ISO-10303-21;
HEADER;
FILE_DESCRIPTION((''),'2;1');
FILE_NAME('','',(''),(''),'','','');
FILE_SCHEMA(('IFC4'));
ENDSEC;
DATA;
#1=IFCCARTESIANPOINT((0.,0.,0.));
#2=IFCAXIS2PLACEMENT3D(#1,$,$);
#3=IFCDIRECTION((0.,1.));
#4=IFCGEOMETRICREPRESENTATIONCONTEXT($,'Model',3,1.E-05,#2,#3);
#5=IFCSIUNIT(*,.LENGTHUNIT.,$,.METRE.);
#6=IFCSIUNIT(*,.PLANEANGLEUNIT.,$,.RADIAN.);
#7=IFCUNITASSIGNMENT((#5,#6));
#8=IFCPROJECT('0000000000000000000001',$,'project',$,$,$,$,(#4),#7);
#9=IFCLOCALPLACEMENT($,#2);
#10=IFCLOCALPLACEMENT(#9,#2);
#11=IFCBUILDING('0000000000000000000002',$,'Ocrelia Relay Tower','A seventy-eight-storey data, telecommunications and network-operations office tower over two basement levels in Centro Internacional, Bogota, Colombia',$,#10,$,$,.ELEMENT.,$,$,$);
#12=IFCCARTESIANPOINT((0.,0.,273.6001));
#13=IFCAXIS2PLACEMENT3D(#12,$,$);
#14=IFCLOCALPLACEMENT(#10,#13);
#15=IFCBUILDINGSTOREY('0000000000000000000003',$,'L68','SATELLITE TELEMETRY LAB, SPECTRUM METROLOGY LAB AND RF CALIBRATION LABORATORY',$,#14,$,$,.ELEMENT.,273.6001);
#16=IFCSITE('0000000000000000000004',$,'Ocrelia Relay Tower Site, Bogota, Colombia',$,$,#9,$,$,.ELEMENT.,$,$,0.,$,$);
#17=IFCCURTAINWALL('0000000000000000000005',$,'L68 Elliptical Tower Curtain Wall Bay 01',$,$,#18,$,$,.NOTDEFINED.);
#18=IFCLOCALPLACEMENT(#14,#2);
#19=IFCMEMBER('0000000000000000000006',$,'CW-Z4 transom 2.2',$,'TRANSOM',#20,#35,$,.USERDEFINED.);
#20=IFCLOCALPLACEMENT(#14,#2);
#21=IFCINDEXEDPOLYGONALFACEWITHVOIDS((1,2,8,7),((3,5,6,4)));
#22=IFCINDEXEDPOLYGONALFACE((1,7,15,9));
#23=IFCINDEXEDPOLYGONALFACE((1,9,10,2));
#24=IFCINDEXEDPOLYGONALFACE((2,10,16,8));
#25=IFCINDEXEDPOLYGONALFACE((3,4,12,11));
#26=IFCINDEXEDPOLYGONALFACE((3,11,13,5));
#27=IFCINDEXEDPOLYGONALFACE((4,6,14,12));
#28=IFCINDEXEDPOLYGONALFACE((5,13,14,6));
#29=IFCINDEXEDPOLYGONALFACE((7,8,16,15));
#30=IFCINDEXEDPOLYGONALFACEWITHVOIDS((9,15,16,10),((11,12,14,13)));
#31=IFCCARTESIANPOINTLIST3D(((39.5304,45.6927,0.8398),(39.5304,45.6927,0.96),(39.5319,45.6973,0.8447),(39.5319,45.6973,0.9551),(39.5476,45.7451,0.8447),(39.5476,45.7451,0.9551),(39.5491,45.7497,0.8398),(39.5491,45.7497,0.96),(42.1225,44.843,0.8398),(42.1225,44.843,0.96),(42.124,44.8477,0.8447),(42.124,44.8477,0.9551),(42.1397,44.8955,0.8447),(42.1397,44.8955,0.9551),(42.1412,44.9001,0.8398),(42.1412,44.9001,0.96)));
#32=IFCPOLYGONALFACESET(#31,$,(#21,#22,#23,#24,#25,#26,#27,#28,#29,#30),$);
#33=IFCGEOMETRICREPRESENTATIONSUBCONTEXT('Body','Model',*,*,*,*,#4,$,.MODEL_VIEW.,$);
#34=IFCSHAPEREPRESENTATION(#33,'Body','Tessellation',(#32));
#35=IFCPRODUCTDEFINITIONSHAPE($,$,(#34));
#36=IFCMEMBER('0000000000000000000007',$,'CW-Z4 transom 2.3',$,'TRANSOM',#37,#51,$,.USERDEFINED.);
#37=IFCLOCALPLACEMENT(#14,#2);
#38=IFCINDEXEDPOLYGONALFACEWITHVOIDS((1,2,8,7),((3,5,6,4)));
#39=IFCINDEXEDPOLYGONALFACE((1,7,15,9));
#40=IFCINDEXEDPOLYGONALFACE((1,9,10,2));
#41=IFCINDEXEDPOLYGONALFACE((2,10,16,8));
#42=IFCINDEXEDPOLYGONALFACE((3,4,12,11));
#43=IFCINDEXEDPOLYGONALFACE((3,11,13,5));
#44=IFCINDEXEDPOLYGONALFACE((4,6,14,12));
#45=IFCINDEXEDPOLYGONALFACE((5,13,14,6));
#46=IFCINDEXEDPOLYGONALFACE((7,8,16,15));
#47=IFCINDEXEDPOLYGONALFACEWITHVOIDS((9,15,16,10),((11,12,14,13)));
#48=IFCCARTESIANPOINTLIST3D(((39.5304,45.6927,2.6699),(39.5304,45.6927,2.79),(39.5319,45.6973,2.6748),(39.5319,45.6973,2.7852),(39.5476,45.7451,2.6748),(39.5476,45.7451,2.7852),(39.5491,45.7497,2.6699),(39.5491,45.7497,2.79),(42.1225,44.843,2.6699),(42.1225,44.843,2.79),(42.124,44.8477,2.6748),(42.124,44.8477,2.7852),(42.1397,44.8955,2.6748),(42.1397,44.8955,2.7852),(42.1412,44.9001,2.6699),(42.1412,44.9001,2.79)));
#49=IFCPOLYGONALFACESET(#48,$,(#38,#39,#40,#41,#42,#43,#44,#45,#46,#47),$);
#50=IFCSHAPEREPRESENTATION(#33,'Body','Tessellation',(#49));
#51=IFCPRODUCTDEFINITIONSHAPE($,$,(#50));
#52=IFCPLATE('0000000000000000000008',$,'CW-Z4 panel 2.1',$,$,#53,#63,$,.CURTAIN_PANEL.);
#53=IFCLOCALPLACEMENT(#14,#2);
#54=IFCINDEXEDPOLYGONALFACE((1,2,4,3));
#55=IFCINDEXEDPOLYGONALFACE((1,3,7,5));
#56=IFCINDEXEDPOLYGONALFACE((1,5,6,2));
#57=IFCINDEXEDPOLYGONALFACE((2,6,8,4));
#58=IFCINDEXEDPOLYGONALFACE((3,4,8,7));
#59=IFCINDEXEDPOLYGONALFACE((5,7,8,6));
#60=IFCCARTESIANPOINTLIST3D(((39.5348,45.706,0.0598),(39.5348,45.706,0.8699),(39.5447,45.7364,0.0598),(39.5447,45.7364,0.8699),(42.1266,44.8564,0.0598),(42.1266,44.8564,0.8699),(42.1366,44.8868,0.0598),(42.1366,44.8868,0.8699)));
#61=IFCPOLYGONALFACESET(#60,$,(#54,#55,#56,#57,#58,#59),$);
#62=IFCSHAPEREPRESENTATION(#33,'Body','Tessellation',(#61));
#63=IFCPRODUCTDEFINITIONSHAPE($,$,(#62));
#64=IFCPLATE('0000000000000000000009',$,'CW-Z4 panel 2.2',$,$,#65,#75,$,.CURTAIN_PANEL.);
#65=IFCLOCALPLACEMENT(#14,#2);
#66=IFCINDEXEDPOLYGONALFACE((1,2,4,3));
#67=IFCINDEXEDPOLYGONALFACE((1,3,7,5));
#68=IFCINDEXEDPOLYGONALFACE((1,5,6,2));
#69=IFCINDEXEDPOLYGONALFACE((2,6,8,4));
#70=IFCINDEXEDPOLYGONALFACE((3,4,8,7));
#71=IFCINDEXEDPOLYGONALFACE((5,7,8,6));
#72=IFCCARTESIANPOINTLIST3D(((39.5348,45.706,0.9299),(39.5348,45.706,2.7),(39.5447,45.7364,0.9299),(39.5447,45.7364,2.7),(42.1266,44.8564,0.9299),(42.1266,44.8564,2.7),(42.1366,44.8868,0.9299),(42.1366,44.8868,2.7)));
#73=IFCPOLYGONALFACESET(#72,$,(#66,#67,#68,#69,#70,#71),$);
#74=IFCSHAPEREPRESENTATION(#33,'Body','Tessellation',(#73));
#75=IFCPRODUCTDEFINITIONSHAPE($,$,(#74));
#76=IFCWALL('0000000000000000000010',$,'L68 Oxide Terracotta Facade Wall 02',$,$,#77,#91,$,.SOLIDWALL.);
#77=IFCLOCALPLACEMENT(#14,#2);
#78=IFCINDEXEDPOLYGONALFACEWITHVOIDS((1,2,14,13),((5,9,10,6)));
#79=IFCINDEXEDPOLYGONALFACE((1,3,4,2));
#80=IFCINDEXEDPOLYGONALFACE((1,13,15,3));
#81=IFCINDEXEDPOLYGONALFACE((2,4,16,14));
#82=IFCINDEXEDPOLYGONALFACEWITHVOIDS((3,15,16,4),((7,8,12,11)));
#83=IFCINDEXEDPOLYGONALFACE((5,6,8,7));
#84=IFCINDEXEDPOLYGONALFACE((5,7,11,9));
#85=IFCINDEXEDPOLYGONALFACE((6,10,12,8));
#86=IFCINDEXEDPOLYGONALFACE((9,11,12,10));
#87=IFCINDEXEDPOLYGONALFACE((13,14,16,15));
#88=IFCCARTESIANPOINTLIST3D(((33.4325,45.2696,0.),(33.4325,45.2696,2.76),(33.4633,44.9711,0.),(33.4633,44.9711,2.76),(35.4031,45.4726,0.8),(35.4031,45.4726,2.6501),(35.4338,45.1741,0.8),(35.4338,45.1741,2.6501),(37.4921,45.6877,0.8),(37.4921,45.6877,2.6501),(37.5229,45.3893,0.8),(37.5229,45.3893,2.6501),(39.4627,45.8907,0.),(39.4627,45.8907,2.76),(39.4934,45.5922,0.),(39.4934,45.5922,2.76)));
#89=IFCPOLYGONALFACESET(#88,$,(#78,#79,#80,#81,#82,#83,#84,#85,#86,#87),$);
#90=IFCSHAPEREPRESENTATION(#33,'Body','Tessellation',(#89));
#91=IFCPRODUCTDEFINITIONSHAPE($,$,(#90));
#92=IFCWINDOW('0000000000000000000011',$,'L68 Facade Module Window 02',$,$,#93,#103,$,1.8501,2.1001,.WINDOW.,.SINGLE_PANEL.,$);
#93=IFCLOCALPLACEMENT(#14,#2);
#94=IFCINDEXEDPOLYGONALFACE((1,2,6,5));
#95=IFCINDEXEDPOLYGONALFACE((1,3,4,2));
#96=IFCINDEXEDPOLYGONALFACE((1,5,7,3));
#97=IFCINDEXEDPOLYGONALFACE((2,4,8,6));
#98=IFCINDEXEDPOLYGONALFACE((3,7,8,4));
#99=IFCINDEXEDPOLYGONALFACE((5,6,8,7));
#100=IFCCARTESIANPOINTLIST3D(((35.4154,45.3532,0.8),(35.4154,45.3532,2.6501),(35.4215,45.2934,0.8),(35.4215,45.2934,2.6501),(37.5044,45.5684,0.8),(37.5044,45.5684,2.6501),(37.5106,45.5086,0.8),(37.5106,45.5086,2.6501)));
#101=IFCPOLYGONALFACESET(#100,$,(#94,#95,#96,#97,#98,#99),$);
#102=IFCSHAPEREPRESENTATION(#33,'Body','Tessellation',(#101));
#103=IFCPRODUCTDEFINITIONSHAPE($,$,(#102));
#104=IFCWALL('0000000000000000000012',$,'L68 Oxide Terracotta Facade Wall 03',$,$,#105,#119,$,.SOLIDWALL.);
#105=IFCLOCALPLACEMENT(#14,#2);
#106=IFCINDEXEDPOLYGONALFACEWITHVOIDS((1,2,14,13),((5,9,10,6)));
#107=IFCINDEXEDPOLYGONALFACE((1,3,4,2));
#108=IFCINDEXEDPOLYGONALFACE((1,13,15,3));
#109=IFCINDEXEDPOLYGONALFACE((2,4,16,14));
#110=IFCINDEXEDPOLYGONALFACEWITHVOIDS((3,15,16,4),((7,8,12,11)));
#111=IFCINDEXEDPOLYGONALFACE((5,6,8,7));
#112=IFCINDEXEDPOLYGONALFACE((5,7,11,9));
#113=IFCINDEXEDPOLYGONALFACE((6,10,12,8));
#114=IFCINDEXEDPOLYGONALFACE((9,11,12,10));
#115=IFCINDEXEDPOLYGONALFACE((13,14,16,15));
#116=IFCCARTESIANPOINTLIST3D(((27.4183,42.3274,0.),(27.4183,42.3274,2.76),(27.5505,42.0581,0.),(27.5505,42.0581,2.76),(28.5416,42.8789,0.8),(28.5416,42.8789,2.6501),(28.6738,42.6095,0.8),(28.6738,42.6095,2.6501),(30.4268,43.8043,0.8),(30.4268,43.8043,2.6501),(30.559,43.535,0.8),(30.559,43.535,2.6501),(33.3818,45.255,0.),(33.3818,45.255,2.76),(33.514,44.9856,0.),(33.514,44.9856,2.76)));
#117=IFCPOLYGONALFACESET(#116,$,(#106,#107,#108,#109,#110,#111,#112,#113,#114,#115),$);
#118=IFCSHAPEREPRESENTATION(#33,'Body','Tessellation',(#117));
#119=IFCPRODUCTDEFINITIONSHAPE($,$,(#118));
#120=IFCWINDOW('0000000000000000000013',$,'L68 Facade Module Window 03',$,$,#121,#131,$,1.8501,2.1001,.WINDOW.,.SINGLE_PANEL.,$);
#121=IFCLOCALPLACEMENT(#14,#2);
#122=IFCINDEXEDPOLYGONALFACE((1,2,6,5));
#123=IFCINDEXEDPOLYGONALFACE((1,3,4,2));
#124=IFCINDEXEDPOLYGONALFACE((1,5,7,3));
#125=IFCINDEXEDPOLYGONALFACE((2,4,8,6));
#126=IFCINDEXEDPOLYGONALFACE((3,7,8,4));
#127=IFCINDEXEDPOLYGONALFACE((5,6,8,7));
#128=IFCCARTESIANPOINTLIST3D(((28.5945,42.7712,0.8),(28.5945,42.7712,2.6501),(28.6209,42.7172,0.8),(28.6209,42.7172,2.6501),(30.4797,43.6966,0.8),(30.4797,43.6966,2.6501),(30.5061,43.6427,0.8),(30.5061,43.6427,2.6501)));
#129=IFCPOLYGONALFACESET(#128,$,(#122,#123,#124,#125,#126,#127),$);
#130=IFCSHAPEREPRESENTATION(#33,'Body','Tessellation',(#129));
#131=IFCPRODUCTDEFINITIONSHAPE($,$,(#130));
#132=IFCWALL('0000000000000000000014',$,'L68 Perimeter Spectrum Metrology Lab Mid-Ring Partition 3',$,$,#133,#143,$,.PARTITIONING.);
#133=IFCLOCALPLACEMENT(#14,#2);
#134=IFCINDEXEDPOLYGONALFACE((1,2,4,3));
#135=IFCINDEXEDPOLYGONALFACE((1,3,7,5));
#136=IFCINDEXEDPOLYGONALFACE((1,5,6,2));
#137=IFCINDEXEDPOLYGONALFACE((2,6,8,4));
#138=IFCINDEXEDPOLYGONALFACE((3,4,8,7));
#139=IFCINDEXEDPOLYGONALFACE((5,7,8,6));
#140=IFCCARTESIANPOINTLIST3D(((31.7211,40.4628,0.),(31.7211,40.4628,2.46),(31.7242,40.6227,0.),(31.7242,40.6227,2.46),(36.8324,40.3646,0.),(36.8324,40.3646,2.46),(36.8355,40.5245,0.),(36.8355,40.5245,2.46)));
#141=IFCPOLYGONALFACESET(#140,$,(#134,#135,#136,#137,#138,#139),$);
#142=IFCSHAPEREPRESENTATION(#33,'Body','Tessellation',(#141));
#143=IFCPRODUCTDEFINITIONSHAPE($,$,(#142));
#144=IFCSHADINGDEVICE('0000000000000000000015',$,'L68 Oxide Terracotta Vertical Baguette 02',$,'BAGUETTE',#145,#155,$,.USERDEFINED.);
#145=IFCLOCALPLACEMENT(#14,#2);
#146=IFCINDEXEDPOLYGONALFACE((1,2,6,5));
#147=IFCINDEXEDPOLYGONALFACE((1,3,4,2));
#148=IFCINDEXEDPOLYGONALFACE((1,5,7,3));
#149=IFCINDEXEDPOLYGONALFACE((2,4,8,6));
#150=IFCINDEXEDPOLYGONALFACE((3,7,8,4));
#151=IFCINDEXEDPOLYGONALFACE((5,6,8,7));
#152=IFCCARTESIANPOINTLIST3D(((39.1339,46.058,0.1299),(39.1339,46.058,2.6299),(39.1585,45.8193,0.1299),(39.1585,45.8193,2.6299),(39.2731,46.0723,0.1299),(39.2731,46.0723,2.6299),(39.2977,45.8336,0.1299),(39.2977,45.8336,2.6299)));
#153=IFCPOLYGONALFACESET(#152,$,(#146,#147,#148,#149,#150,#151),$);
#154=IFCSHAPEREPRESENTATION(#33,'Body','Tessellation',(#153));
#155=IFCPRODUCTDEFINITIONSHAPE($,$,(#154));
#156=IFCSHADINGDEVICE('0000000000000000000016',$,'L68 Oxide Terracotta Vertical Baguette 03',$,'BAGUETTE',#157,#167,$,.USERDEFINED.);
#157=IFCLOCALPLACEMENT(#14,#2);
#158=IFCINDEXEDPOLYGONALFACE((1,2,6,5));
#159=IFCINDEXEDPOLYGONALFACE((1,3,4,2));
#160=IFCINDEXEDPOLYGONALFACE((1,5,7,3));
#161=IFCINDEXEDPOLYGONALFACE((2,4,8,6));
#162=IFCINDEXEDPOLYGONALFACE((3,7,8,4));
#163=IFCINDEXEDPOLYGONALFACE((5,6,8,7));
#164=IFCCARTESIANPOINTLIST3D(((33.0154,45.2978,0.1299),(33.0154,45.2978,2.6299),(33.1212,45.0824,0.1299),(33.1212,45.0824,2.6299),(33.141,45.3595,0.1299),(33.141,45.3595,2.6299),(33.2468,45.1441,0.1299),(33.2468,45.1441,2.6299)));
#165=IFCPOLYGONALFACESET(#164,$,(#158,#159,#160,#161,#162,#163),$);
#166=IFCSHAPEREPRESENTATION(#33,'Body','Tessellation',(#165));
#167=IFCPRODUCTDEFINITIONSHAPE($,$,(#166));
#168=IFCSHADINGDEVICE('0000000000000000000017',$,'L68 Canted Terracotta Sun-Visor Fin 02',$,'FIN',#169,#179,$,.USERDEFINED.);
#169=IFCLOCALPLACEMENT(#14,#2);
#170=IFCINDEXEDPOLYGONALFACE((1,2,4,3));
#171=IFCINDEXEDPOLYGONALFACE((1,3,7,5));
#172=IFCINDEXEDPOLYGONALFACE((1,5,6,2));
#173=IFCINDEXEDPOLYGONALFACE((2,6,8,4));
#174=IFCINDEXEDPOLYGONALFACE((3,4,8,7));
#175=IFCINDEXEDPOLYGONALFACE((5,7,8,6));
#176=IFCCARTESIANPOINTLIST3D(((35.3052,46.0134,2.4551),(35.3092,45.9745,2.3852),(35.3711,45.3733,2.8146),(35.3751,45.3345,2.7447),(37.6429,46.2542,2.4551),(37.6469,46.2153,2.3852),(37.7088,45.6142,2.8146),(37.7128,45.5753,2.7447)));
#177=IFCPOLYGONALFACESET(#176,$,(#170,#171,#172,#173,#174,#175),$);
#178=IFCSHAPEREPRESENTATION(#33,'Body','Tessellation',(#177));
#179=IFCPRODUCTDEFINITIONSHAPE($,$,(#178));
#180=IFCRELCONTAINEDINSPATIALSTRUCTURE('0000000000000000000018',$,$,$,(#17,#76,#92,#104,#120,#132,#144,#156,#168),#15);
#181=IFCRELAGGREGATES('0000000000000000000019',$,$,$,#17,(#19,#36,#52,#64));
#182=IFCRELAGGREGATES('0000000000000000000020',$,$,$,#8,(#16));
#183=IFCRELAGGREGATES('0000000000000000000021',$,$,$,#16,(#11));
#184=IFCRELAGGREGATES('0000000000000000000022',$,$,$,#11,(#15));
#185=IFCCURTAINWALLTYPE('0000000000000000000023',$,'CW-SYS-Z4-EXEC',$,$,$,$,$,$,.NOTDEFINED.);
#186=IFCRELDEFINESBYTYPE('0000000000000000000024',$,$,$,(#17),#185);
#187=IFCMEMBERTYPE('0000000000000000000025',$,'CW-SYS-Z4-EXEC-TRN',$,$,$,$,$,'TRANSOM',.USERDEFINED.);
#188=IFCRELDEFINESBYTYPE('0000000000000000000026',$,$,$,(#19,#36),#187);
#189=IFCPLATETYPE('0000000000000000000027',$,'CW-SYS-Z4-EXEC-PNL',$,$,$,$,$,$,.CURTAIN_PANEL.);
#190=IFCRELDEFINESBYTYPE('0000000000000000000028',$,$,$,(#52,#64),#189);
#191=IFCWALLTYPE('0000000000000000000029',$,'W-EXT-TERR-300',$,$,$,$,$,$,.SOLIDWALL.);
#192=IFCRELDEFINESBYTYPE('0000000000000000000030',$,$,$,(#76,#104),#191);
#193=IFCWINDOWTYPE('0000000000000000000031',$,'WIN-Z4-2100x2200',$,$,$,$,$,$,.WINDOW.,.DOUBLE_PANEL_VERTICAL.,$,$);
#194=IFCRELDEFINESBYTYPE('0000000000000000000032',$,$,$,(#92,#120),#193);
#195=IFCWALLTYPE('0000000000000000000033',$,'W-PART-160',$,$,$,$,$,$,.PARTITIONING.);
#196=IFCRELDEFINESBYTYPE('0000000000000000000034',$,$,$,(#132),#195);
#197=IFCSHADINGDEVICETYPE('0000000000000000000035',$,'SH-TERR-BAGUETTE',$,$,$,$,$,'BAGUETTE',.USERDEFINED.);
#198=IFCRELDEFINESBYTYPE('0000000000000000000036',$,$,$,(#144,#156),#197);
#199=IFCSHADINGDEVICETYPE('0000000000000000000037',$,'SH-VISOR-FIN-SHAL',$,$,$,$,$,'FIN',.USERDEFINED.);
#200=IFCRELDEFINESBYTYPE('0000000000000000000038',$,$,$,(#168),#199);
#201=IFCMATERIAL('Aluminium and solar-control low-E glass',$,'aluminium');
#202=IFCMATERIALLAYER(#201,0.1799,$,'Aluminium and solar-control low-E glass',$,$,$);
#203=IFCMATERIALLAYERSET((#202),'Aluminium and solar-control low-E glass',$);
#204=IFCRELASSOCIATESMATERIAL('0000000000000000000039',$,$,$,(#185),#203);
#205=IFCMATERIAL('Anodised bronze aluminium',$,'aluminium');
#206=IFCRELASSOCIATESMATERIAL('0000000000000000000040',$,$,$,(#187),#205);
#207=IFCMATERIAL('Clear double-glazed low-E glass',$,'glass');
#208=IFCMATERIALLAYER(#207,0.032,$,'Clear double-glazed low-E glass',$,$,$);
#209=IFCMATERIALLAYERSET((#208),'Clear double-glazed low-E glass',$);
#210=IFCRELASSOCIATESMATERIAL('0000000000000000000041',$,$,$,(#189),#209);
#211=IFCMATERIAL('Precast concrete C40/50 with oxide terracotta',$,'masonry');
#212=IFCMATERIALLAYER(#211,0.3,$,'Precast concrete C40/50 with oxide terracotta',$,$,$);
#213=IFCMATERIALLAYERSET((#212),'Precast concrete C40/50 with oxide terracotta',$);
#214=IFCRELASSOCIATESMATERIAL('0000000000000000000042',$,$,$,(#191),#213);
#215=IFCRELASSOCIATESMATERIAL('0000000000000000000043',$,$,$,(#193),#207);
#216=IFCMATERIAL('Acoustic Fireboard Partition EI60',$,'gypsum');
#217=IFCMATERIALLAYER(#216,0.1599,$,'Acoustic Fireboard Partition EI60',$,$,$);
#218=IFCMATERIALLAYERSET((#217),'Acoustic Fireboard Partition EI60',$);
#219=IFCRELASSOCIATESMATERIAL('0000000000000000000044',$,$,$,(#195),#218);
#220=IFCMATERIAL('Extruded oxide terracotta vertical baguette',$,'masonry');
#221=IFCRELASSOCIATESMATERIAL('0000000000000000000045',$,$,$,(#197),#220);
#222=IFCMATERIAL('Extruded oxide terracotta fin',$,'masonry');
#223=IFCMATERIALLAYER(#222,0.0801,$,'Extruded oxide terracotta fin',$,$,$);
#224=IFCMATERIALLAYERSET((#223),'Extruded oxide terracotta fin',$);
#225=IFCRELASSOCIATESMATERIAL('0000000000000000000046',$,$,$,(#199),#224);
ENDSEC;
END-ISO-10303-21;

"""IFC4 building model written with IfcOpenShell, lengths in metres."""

from ifc_helpers import new_model, si_unit, direction, frame, frame_2d, origin, origin_2d, place, context, subcontext, project, spatial, rectangle, hollow_rectangle, extrude, material, layer, layer_set, material_profile, profile_set, type_object, element, fill, aggregate, save


model = new_model("IFC4")

# Units and contexts
model_context = context("Model", 3, precision=1e-05, world=origin(), true_north=direction((0.0, 1.0)))
body_context = subcontext(model_context, "Body", "Model", "MODEL_VIEW")
ifc_project = project(units=[si_unit("LENGTHUNIT", "METRE"), si_unit("PLANEANGLEUNIT", "RADIAN")], contexts=[model_context])

# Site, building, storey
site_placement = place(None, origin())
site = spatial("IfcSite", under=ifc_project, at=site_placement, Name="Ocrelia Relay Tower Site, Bogota, Colombia", CompositionType="ELEMENT", RefElevation=0.0)
building_placement = place(site_placement, origin())
building = spatial("IfcBuilding", under=site, at=building_placement, Name="Ocrelia Relay Tower", Description="A seventy-eight-storey data, telecommunications and network-operations office tower over two basement levels in Centro Internacional, Bogota, Colombia", CompositionType="ELEMENT")
storey_placement = place(building_placement, frame((0.0, 0.0, 273.6001)))
storey = spatial("IfcBuildingStorey", under=building, at=storey_placement, Name="L68", Description="SATELLITE TELEMETRY LAB, SPECTRUM METROLOGY LAB AND RF CALIBRATION LABORATORY", CompositionType="ELEMENT", Elevation=273.6001)

# Curtain wall, members, plates
ifc_material_1 = material(Name="Aluminium and solar-control low-E glass", Category="aluminium")
ifc_layer_1 = layer(ifc_material_1, 0.1799, Name="Aluminium and solar-control low-E glass")
ifc_layer_set_1 = layer_set([ifc_layer_1], Name="Aluminium and solar-control low-E glass")
curtain_wall_type = type_object("IfcCurtainWallType", Name="CW-SYS-Z4-EXEC", PredefinedType="NOTDEFINED", material=ifc_layer_set_1)
curtain_wall_placement = place(storey_placement, origin())
curtain_wall = element("IfcCurtainWall", 1, at=curtain_wall_placement, inside=storey, type_object=curtain_wall_type, Name="L68 Elliptical Tower Curtain Wall Bay 01", PredefinedType="NOTDEFINED")
ifc_material_2 = material(Name="Anodised bronze aluminium", Category="aluminium")
ifc_material_profile_1 = material_profile(ifc_material_2, hollow_rectangle(XDim=0.0601, YDim=0.1201, WallThickness=0.0049, at=origin_2d()), Name="CW-TRN-120x60")
ifc_profile_set_1 = profile_set([ifc_material_profile_1], Name="Anodised bronze aluminium")
member_type_1 = type_object("IfcMemberType", Name="CW-SYS-Z4-EXEC-TRN", ElementType="TRANSOM", PredefinedType="USERDEFINED", material=ifc_profile_set_1)
member_1_placement = place(storey_placement, frame((42.1318, 44.8716, 0.8999), z_axis=(-0.950256, 0.311471, 0.0), x_axis=(-0.311471, -0.950256, 0.0)))
member_1 = element("IfcMember", 2, at=member_1_placement, type_object=member_type_1, Name="CW-Z4 transom 2.2", ObjectType="TRANSOM", PredefinedType="USERDEFINED", context=body_context, shape_type="SweptSolid", body=[
    extrude(hollow_rectangle(XDim=0.0601, YDim=0.1201, WallThickness=0.0049, at=origin_2d()), origin(), (0.0, 0.0, 1.0), 2.7278),
])
member_2_placement = place(storey_placement, frame((42.1318, 44.8716, 2.73), z_axis=(-0.950256, 0.311471, 0.0), x_axis=(-0.311471, -0.950256, 0.0)))
member_2 = element("IfcMember", 3, at=member_2_placement, type_object=member_type_1, Name="CW-Z4 transom 2.3", ObjectType="TRANSOM", PredefinedType="USERDEFINED", context=body_context, shape_type="SweptSolid", body=[
    extrude(hollow_rectangle(XDim=0.0601, YDim=0.1201, WallThickness=0.0049, at=origin_2d()), origin(), (0.0, 0.0, 1.0), 2.7278),
])
ifc_material_3 = material(Name="Clear double-glazed low-E glass", Category="glass")
ifc_layer_2 = layer(ifc_material_3, 0.032, Name="Clear double-glazed low-E glass")
ifc_layer_set_2 = layer_set([ifc_layer_2], Name="Clear double-glazed low-E glass")
plate_type = type_object("IfcPlateType", Name="CW-SYS-Z4-EXEC-PNL", PredefinedType="CURTAIN_PANEL", material=ifc_layer_set_2)
plate_1_placement = place(storey_placement, frame((40.8357, 45.2964, 0.0598), z_axis=(0.0, 0.0, 1.0), x_axis=(-0.950255, 0.311472, 0.0)))
plate_1 = element("IfcPlate", 4, at=plate_1_placement, type_object=plate_type, Name="CW-Z4 panel 2.1", PredefinedType="CURTAIN_PANEL", context=body_context, shape_type="SweptSolid", body=[
    extrude(rectangle(XDim=2.7275, YDim=0.032, at=origin_2d()), origin(), (0.0, 0.0, 1.0), 0.8101),
])
plate_2_placement = place(storey_placement, frame((40.8357, 45.2964, 0.9299), z_axis=(0.0, 0.0, 1.0), x_axis=(-0.950255, 0.311472, 0.0)))
plate_2 = element("IfcPlate", 5, at=plate_2_placement, type_object=plate_type, Name="CW-Z4 panel 2.2", PredefinedType="CURTAIN_PANEL", context=body_context, shape_type="SweptSolid", body=[
    extrude(rectangle(XDim=2.7275, YDim=0.032, at=origin_2d()), origin(), (0.0, 0.0, 1.0), 1.77),
])
aggregate(curtain_wall, [member_1, member_2, plate_1, plate_2])

# Walls, openings, windows
ifc_material_4 = material(Name="Precast concrete C40/50 with oxide terracotta", Category="masonry")
ifc_layer_3 = layer(ifc_material_4, 0.3, Name="Precast concrete C40/50 with oxide terracotta")
ifc_layer_set_3 = layer_set([ifc_layer_3], Name="Precast concrete C40/50 with oxide terracotta")
wall_type_1 = type_object("IfcWallType", Name="W-EXT-TERR-300", PredefinedType="SOLIDWALL", material=ifc_layer_set_3)
wall_1_placement = place(storey_placement, frame((39.478, 45.7415, 0.0), z_axis=(0.0, 0.0, 1.0), x_axis=(-0.994737, -0.102458, 0.0)))
wall_1 = element("IfcWall", 6, at=wall_1_placement, inside=storey, type_object=wall_type_1, Name="L68 Oxide Terracotta Facade Wall 02", PredefinedType="SOLIDWALL", context=body_context, shape_type="SweptSolid", body=[
    extrude(rectangle(XDim=6.062, YDim=0.3, at=frame_2d((3.031, 0.0))), origin(), (0.0, 0.0, 1.0), 2.76),
])
opening_1_placement = place(wall_1_placement, frame((1.981, 0.0, 0.8)))
opening_1 = element("IfcOpeningElement", 7, at=opening_1_placement, cuts=wall_1, PredefinedType="OPENING", context=body_context, shape_type="SweptSolid", body=[
    extrude(rectangle(XDim=2.1001, YDim=1.8501, at=frame_2d((1.05, 0.925))), frame((0.0, 0.1602, 0.0), z_axis=(0.0, -1.0, 0.0), x_axis=(1.0, 0.0, 0.0)), (0.0, 0.0, 1.0), 0.3201),
])
window_type = type_object("IfcWindowType", Name="WIN-Z4-2100x2200", PartitioningType="DOUBLE_PANEL_VERTICAL", PredefinedType="WINDOW", material=ifc_material_3)
window_1_placement = place(opening_1_placement, origin())
window_1 = element("IfcWindow", 8, at=window_1_placement, inside=storey, type_object=window_type, Name="L68 Facade Module Window 02", OverallHeight=1.8501, OverallWidth=2.1001, PartitioningType="SINGLE_PANEL", PredefinedType="WINDOW", context=body_context, shape_type="SweptSolid", body=[
    extrude(rectangle(XDim=2.1001, YDim=1.8501, at=frame_2d((1.05, 0.925))), frame((0.0, 0.03, 0.0), z_axis=(0.0, -1.0, 0.0), x_axis=(1.0, 0.0, 0.0)), (0.0, 0.0, 1.0), 0.0601),
])
fill(opening_1, window_1)
wall_2_placement = place(storey_placement, frame((33.448, 45.1204, 0.0), z_axis=(0.0, 0.0, 1.0), x_axis=(-0.897667, -0.440675, 0.0)))
wall_2 = element("IfcWall", 9, at=wall_2_placement, inside=storey, type_object=wall_type_1, Name="L68 Oxide Terracotta Facade Wall 03", PredefinedType="SOLIDWALL", context=body_context, shape_type="SweptSolid", body=[
    extrude(rectangle(XDim=6.6433, YDim=0.3, at=frame_2d((3.3218, 0.0))), origin(), (0.0, 0.0, 1.0), 2.76),
])
opening_2_placement = place(wall_2_placement, frame((3.292, 0.0, 0.8)))
opening_2 = element("IfcOpeningElement", 10, at=opening_2_placement, cuts=wall_2, PredefinedType="OPENING", context=body_context, shape_type="SweptSolid", body=[
    extrude(rectangle(XDim=2.1001, YDim=1.8501, at=frame_2d((1.05, 0.925))), frame((0.0, 0.1602, 0.0), z_axis=(0.0, -1.0, 0.0), x_axis=(1.0, 0.0, 0.0)), (0.0, 0.0, 1.0), 0.3201),
])
window_2_placement = place(opening_2_placement, origin())
window_2 = element("IfcWindow", 11, at=window_2_placement, inside=storey, type_object=window_type, Name="L68 Facade Module Window 03", OverallHeight=1.8501, OverallWidth=2.1001, PartitioningType="SINGLE_PANEL", PredefinedType="WINDOW", context=body_context, shape_type="SweptSolid", body=[
    extrude(rectangle(XDim=2.1001, YDim=1.8501, at=frame_2d((1.05, 0.925))), frame((0.0, 0.03, 0.0), z_axis=(0.0, -1.0, 0.0), x_axis=(1.0, 0.0, 0.0)), (0.0, 0.0, 1.0), 0.0601),
])
fill(opening_2, window_2)

# Wall
ifc_material_5 = material(Name="Acoustic Fireboard Partition EI60", Category="gypsum")
ifc_layer_4 = layer(ifc_material_5, 0.1599, Name="Acoustic Fireboard Partition EI60")
ifc_layer_set_4 = layer_set([ifc_layer_4], Name="Acoustic Fireboard Partition EI60")
wall_type_2 = type_object("IfcWallType", Name="W-PART-160", PredefinedType="PARTITIONING", material=ifc_layer_set_4)
wall_3_placement = place(storey_placement, frame((36.834, 40.4446, 0.0), z_axis=(0.0, 0.0, 1.0), x_axis=(-0.999816, 0.019198, 0.0)))
element("IfcWall", 12, at=wall_3_placement, inside=storey, type_object=wall_type_2, Name="L68 Perimeter Spectrum Metrology Lab Mid-Ring Partition 3", PredefinedType="PARTITIONING", context=body_context, shape_type="SweptSolid", body=[
    extrude(rectangle(XDim=5.1123, YDim=0.1599, at=frame_2d((2.5562, 0.0))), origin(), (0.0, 0.0, 1.0), 2.46),
])

# Shading devices
ifc_material_6 = material(Name="Extruded oxide terracotta vertical baguette", Category="masonry")
shading_device_type_1 = type_object("IfcShadingDeviceType", Name="SH-TERR-BAGUETTE", ElementType="BAGUETTE", PredefinedType="USERDEFINED", material=ifc_material_6)
for number, where, z_axis, x_axis, name in (
    (13, (39.2158, 45.9458, 0.1299), (0.0, 0.0, 1.0), (-0.994735, -0.102476, 0.0), "L68 Oxide Terracotta Vertical Baguette 02"),
    (14, (33.1311, 45.2209, 0.1299), (0.0, 0.0, 1.0), (-0.897664, -0.440681, 0.0), "L68 Oxide Terracotta Vertical Baguette 03"),
):
    element("IfcShadingDevice", number, at=place(storey_placement, frame(where, z_axis=z_axis, x_axis=x_axis)), inside=storey, type_object=shading_device_type_1, Name=name, ObjectType="BAGUETTE", PredefinedType="USERDEFINED", context=body_context, shape_type="SweptSolid", body=[
        extrude(rectangle(XDim=0.1399, YDim=0.24, at=origin_2d()), origin(), (0.0, 0.0, 1.0), 2.5),
    ])
ifc_material_7 = material(Name="Extruded oxide terracotta fin", Category="masonry")
ifc_layer_5 = layer(ifc_material_7, 0.0801, Name="Extruded oxide terracotta fin")
ifc_layer_set_5 = layer_set([ifc_layer_5], Name="Extruded oxide terracotta fin")
shading_device_type_2 = type_object("IfcShadingDeviceType", Name="SH-VISOR-FIN-SHAL", ElementType="FIN", PredefinedType="USERDEFINED", material=ifc_layer_set_5)
shading_device_placement = place(storey_placement, frame((36.511, 45.7749, 2.5649), z_axis=(-0.049994, 0.485291, 0.872922), x_axis=(-0.994735, -0.102476, 0.0)))
element("IfcShadingDevice", 15, at=shading_device_placement, inside=storey, type_object=shading_device_type_2, Name="L68 Canted Terracotta Sun-Visor Fin 02", ObjectType="FIN", PredefinedType="USERDEFINED", context=body_context, shape_type="SweptSolid", body=[
    extrude(rectangle(XDim=2.3501, YDim=0.7371, at=origin_2d()), origin(), (0.0, 0.0, 1.0), 0.0801),
])

save(model, "model.ifc")
